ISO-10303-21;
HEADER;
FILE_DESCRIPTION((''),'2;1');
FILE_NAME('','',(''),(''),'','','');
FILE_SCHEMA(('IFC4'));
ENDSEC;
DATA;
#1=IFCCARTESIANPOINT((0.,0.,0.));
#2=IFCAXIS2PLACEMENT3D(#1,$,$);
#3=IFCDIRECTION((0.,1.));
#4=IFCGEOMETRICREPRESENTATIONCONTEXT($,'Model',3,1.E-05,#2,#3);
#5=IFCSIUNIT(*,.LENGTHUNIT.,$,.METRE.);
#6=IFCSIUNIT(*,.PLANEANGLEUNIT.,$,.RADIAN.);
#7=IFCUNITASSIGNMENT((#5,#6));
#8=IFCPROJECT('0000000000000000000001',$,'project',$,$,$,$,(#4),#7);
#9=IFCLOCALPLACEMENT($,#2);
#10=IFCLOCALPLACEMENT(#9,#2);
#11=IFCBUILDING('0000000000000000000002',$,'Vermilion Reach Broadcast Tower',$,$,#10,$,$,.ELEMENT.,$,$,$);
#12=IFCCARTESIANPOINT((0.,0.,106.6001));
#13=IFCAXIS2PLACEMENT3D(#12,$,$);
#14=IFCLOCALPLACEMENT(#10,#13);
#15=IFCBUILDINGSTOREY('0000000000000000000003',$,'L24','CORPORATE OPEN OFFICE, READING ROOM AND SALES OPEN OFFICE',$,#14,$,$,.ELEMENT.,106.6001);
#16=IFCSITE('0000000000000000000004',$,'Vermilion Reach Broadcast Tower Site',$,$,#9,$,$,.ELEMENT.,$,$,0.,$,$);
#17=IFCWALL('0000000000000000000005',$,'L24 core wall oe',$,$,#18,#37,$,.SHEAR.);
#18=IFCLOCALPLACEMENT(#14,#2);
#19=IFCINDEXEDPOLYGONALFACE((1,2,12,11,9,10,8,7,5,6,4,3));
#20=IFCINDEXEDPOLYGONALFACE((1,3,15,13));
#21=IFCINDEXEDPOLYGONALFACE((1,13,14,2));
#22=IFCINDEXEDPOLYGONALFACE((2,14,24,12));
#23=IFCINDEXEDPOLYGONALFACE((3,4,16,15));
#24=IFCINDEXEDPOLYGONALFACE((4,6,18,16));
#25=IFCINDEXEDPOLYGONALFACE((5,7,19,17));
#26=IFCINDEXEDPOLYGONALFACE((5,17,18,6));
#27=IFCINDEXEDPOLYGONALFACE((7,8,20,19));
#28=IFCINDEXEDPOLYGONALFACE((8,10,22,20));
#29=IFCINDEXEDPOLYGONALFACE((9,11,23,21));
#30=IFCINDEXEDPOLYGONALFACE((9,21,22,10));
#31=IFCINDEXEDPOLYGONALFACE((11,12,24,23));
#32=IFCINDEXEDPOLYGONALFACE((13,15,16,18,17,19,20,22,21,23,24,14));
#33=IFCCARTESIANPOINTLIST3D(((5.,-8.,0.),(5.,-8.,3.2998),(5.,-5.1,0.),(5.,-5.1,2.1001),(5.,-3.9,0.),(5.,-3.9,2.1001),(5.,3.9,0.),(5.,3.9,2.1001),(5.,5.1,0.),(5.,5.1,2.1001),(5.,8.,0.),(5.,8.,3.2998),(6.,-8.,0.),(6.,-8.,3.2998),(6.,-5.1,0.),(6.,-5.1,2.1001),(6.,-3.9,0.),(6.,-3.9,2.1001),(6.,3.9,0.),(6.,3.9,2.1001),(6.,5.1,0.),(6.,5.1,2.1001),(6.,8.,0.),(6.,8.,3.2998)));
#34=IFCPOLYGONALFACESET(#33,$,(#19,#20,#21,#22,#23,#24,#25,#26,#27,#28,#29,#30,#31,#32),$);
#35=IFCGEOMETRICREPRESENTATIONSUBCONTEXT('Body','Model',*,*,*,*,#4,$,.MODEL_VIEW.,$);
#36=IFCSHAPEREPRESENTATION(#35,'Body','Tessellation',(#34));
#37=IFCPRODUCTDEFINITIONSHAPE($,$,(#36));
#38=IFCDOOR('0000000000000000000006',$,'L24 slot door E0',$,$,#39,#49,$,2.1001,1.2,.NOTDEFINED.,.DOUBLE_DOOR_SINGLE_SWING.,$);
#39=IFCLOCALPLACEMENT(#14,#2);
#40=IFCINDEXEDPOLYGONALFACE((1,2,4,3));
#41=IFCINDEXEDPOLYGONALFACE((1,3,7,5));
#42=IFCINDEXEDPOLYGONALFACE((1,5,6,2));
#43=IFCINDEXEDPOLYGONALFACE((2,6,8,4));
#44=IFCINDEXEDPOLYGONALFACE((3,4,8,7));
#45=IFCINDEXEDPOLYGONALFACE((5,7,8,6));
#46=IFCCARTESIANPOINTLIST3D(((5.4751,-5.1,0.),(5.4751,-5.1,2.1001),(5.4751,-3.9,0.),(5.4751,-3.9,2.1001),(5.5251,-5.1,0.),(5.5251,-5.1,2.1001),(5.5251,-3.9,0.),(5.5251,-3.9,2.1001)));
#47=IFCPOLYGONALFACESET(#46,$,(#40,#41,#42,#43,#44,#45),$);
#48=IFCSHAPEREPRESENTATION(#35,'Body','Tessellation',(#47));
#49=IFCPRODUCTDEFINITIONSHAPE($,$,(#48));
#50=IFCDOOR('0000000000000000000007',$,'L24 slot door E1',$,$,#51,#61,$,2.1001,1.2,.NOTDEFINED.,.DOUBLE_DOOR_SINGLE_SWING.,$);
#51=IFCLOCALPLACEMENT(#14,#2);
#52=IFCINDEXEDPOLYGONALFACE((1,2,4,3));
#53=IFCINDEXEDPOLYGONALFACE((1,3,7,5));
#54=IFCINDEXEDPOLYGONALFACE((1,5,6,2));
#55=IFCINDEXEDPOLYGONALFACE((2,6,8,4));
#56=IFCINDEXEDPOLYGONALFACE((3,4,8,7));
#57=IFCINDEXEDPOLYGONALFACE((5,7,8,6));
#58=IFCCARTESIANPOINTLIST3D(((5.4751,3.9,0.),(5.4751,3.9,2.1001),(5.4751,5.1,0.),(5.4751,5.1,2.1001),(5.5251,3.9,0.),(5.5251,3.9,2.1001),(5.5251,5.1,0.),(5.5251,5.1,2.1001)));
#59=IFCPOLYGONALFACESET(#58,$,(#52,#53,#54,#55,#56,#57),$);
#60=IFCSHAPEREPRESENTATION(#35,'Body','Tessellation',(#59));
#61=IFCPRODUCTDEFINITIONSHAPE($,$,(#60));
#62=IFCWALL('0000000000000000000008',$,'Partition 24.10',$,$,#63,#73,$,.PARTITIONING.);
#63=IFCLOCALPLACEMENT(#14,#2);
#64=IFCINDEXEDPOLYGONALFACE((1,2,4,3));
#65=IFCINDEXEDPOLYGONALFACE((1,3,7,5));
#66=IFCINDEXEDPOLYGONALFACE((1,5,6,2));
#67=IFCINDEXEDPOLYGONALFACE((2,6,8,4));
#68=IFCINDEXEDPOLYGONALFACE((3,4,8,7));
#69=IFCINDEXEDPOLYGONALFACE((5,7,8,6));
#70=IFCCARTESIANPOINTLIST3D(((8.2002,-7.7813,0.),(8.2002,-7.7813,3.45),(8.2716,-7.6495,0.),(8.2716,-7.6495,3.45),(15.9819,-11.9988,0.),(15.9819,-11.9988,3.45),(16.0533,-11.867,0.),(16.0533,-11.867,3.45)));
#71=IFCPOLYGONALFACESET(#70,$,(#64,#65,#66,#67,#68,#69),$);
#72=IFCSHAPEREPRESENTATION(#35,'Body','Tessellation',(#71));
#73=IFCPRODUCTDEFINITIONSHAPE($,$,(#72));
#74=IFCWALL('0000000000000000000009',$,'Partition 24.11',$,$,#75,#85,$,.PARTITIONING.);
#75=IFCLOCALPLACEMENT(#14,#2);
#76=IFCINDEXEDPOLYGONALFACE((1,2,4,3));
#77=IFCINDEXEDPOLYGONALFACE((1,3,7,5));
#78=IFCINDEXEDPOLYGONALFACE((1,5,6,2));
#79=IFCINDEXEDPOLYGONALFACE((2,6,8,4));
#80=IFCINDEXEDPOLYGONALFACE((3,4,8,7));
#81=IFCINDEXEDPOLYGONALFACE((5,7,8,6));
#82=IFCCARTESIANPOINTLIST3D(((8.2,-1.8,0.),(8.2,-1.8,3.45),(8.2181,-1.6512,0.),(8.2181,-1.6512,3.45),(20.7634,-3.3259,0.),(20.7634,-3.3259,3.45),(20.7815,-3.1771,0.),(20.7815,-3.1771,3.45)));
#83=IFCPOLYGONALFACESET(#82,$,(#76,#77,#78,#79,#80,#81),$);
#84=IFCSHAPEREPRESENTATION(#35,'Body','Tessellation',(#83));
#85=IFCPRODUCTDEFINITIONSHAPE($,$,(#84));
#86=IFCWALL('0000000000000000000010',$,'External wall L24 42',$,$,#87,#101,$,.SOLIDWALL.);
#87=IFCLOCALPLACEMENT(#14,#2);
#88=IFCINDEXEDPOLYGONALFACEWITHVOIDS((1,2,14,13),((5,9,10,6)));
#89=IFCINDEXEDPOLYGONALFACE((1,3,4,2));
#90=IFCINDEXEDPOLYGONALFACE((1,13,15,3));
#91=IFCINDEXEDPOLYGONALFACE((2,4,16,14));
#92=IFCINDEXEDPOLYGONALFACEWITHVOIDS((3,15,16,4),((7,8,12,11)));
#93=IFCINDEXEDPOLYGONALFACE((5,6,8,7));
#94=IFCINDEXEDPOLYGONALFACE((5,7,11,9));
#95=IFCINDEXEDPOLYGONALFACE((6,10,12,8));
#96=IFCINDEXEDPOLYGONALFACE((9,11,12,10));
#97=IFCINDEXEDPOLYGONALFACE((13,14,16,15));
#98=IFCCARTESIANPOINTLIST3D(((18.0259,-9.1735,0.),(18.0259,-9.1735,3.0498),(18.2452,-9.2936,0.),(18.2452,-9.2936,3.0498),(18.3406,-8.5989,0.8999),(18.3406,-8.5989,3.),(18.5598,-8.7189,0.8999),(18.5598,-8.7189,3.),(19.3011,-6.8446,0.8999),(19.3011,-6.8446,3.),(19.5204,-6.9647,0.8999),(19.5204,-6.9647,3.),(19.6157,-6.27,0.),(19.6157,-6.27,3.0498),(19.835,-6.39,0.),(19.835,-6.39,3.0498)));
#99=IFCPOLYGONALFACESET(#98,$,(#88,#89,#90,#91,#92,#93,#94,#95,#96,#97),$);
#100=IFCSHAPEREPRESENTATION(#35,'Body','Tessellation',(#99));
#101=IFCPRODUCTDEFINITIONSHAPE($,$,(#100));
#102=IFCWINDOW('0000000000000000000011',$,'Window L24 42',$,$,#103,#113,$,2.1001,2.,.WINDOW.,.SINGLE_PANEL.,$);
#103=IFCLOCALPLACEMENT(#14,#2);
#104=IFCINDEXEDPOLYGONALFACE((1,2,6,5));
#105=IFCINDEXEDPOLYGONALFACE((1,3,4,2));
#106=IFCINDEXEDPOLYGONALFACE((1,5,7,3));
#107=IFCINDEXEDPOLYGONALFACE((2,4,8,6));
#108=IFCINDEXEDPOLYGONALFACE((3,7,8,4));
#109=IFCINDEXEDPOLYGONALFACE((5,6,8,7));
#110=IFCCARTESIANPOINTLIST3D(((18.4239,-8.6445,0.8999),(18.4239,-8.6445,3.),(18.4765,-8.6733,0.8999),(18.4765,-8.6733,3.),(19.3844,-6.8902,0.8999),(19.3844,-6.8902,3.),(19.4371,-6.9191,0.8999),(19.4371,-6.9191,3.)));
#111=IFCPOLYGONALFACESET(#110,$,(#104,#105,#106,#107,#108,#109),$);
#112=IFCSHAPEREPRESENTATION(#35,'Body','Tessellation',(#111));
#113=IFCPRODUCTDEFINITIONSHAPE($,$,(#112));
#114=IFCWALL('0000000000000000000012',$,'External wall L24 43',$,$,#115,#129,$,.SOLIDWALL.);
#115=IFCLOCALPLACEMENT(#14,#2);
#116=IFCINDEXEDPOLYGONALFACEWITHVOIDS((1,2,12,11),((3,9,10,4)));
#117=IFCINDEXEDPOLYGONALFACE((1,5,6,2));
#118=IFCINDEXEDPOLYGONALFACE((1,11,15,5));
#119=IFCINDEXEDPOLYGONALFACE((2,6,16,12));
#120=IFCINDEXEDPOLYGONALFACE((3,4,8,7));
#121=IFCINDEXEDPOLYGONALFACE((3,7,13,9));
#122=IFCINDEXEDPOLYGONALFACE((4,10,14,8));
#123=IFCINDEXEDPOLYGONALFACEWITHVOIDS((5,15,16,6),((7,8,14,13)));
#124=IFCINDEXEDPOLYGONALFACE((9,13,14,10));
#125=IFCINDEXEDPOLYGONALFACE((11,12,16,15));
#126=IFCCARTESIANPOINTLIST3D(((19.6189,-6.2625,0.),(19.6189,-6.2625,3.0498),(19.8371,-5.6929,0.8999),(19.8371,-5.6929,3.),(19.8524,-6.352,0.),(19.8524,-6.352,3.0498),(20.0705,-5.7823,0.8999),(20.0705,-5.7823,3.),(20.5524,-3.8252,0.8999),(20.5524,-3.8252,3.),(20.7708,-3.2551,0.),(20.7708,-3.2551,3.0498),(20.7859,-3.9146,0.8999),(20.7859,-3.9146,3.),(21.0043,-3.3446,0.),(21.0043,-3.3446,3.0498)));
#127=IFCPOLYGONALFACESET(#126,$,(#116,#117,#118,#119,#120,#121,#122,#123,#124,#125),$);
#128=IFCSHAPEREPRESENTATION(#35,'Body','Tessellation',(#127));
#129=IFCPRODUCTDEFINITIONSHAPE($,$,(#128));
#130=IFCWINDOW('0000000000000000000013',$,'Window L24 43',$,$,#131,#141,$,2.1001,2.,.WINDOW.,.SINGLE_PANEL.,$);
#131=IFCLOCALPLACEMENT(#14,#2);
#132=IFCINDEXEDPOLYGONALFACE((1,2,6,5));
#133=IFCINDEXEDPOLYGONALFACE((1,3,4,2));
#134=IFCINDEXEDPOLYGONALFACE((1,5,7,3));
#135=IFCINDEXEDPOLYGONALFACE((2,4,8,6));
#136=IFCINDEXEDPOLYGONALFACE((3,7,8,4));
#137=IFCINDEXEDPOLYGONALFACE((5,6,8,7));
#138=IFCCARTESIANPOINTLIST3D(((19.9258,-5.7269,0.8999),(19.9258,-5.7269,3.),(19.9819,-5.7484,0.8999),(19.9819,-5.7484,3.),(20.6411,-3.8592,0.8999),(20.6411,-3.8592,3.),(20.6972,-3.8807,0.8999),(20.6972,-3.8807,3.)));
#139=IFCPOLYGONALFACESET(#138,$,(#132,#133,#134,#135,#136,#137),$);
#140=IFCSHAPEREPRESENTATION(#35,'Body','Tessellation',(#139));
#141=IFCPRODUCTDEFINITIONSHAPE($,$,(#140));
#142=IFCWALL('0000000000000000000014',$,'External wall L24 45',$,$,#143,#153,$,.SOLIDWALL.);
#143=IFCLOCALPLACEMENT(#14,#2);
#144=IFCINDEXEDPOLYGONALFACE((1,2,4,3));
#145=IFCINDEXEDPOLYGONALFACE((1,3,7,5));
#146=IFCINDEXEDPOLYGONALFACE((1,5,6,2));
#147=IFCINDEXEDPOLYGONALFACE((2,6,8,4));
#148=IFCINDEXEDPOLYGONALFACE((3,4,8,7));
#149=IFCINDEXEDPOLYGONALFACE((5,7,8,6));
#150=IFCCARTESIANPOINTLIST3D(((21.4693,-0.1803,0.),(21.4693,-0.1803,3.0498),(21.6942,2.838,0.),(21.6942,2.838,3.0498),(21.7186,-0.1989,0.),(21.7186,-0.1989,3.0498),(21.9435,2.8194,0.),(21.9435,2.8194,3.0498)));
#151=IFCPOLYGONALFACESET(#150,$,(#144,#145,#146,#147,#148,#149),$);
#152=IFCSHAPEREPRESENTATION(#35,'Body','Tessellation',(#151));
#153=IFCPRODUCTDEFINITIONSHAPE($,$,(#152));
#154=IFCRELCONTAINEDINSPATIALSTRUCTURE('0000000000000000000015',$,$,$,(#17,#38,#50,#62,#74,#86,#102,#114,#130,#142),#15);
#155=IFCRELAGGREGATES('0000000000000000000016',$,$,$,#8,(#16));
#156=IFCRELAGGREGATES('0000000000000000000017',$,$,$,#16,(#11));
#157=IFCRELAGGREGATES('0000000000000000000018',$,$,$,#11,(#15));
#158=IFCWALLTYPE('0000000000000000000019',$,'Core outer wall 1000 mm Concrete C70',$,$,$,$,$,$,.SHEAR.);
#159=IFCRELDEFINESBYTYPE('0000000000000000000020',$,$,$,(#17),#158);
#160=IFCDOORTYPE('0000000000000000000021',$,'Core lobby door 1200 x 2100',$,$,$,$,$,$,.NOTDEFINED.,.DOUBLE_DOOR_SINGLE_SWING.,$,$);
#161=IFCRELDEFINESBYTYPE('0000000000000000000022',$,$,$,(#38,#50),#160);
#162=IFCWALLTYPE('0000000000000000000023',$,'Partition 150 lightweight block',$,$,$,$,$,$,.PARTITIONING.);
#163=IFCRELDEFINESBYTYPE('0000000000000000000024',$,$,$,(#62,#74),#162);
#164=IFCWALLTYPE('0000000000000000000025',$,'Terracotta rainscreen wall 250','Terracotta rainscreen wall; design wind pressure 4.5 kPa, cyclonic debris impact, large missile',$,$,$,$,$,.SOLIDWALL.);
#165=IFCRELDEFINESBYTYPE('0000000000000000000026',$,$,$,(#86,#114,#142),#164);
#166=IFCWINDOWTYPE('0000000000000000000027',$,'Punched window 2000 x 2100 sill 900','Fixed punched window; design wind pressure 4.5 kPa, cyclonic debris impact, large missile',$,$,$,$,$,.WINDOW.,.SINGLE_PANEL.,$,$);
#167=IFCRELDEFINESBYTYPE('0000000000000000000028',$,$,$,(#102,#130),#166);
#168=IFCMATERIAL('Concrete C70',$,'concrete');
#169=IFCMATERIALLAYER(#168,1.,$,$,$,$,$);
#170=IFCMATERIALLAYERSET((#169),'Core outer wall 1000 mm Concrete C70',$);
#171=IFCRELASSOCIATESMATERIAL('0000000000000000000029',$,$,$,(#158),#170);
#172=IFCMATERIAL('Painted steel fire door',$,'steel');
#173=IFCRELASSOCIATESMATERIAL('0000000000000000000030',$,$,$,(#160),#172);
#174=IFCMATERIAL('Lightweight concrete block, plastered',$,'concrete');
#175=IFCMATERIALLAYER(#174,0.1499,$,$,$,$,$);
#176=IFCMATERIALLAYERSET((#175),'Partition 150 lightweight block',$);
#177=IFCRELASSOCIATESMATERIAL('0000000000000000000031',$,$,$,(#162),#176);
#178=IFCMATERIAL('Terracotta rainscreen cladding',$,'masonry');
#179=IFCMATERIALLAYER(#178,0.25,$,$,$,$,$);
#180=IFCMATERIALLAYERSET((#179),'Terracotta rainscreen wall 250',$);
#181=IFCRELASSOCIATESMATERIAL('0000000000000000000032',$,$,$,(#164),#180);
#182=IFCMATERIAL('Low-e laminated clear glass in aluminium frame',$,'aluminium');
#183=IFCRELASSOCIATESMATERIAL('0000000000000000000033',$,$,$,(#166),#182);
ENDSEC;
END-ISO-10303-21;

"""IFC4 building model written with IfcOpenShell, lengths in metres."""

from ifc_helpers import new_model, si_unit, direction, frame, frame_2d, origin, place, context, subcontext, project, spatial, rectangle, extrude, material, layer, layer_set, type_object, element, fill, save


model = new_model("IFC4")

# Units and contexts
model_context = context("Model", 3, precision=1e-05, world=origin(), true_north=direction((0.0, 1.0)))
body_context = subcontext(model_context, "Body", "Model", "MODEL_VIEW")
ifc_project = project(units=[si_unit("LENGTHUNIT", "METRE"), si_unit("PLANEANGLEUNIT", "RADIAN")], contexts=[model_context])

# Site, building, storey
site_placement = place(None, origin())
site = spatial("IfcSite", under=ifc_project, at=site_placement, Name="Vermilion Reach Broadcast Tower Site", CompositionType="ELEMENT", RefElevation=0.0)
building_placement = place(site_placement, origin())
building = spatial("IfcBuilding", under=site, at=building_placement, Name="Vermilion Reach Broadcast Tower", CompositionType="ELEMENT")
storey_placement = place(building_placement, frame((0.0, 0.0, 106.6001)))
storey = spatial("IfcBuildingStorey", under=building, at=storey_placement, Name="L24", Description="CORPORATE OPEN OFFICE, READING ROOM AND SALES OPEN OFFICE", CompositionType="ELEMENT", Elevation=106.6001)

# Wall, openings, doors
ifc_material_1 = material(Name="Concrete C70", Category="concrete")
ifc_layer_1 = layer(ifc_material_1, 1.0)
ifc_layer_set_1 = layer_set([ifc_layer_1], Name="Core outer wall 1000 mm Concrete C70")
wall_type_1 = type_object("IfcWallType", Name="Core outer wall 1000 mm Concrete C70", PredefinedType="SHEAR", material=ifc_layer_set_1)
wall_1_placement = place(storey_placement, frame((5.5, -8.0, 0.0), z_axis=(0.0, 0.0, 1.0), x_axis=(0.0, 1.0, 0.0)))
wall_1 = element("IfcWall", 1, at=wall_1_placement, inside=storey, type_object=wall_type_1, Name="L24 core wall oe", PredefinedType="SHEAR", context=body_context, shape_type="SweptSolid", body=[
    extrude(rectangle(XDim=16.0, YDim=1.0, at=frame_2d((8.0, 0.0))), origin(), (0.0, 0.0, 1.0), 3.2998),
])
opening_1_placement = place(wall_1_placement, frame((2.8999, 0.0, 0.0)))
opening_1 = element("IfcOpeningElement", 2, at=opening_1_placement, cuts=wall_1, PredefinedType="OPENING", context=body_context, shape_type="SweptSolid", body=[
    extrude(rectangle(XDim=1.2, YDim=2.1001, at=frame_2d((0.6001, 1.05))), frame((0.0, 0.51, 0.0), z_axis=(0.0, -1.0, 0.0), x_axis=(1.0, 0.0, 0.0)), (0.0, 0.0, 1.0), 1.02),
])
opening_2_placement = place(wall_1_placement, frame((11.8999, 0.0, 0.0)))
opening_2 = element("IfcOpeningElement", 3, at=opening_2_placement, cuts=wall_1, PredefinedType="OPENING", context=body_context, shape_type="SweptSolid", body=[
    extrude(rectangle(XDim=1.2, YDim=2.1001, at=frame_2d((0.6001, 1.05))), frame((0.0, 0.51, 0.0), z_axis=(0.0, -1.0, 0.0), x_axis=(1.0, 0.0, 0.0)), (0.0, 0.0, 1.0), 1.02),
])
ifc_material_2 = material(Name="Painted steel fire door", Category="steel")
door_type_1 = type_object("IfcDoorType", Name="Core lobby door 1200 x 2100", OperationType="DOUBLE_DOOR_SINGLE_SWING", PredefinedType="NOTDEFINED", material=ifc_material_2)
door_1_placement = place(opening_1_placement, origin())
door_1 = element("IfcDoor", 4, at=door_1_placement, inside=storey, type_object=door_type_1, Name="L24 slot door E0", OperationType="DOUBLE_DOOR_SINGLE_SWING", OverallHeight=2.1001, OverallWidth=1.2, PredefinedType="NOTDEFINED", context=body_context, shape_type="SweptSolid", body=[
    extrude(rectangle(XDim=1.2, YDim=2.1001, at=frame_2d((0.6001, 1.05))), frame((0.0, 0.0249, 0.0), z_axis=(0.0, -1.0, 0.0), x_axis=(1.0, 0.0, 0.0)), (0.0, 0.0, 1.0), 0.05),
])
fill(opening_1, door_1)
door_2_placement = place(opening_2_placement, origin())
door_2 = element("IfcDoor", 5, at=door_2_placement, inside=storey, type_object=door_type_1, Name="L24 slot door E1", OperationType="DOUBLE_DOOR_SINGLE_SWING", OverallHeight=2.1001, OverallWidth=1.2, PredefinedType="NOTDEFINED", context=body_context, shape_type="SweptSolid", body=[
    extrude(rectangle(XDim=1.2, YDim=2.1001, at=frame_2d((0.6001, 1.05))), frame((0.0, 0.0249, 0.0), z_axis=(0.0, -1.0, 0.0), x_axis=(1.0, 0.0, 0.0)), (0.0, 0.0, 1.0), 0.05),
])
fill(opening_2, door_2)

# Walls
ifc_material_3 = material(Name="Lightweight concrete block, plastered", Category="concrete")
ifc_layer_2 = layer(ifc_material_3, 0.1499)
ifc_layer_set_2 = layer_set([ifc_layer_2], Name="Partition 150 lightweight block")
wall_type_2 = type_object("IfcWallType", Name="Partition 150 lightweight block", PredefinedType="PARTITIONING", material=ifc_layer_set_2)
wall_2_placement = place(storey_placement, frame((16.0176, -11.9329, 0.0), z_axis=(0.0, 0.0, 1.0), x_axis=(-0.879177, 0.476495, 0.0)))
element("IfcWall", 6, at=wall_2_placement, inside=storey, type_object=wall_type_2, Name="Partition 24.10", PredefinedType="PARTITIONING", context=body_context, shape_type="SweptSolid", body=[
    extrude(rectangle(XDim=8.8511, YDim=0.1499, at=frame_2d((4.4255, 0.0))), origin(), (0.0, 0.0, 1.0), 3.45),
])
wall_3_placement = place(storey_placement, frame((20.7725, -3.2515, 0.0), z_axis=(0.0, 0.0, 1.0), x_axis=(-0.992705, 0.120568, 0.0)))
element("IfcWall", 7, at=wall_3_placement, inside=storey, type_object=wall_type_2, Name="Partition 24.11", PredefinedType="PARTITIONING", context=body_context, shape_type="SweptSolid", body=[
    extrude(rectangle(XDim=12.6558, YDim=0.1499, at=frame_2d((6.3279, 0.0))), origin(), (0.0, 0.0, 1.0), 3.45),
])

# Walls, openings, windows
ifc_material_4 = material(Name="Terracotta rainscreen cladding", Category="masonry")
ifc_layer_3 = layer(ifc_material_4, 0.25)
ifc_layer_set_3 = layer_set([ifc_layer_3], Name="Terracotta rainscreen wall 250")
wall_type_3 = type_object("IfcWallType", Name="Terracotta rainscreen wall 250", Description="Terracotta rainscreen wall; design wind pressure 4.5 kPa, cyclonic debris impact, large missile", PredefinedType="SOLIDWALL", material=ifc_layer_set_3)
wall_4_placement = place(storey_placement, frame((18.1355, -9.2336, 0.0), z_axis=(0.0, 0.0, 1.0), x_axis=(0.480267, 0.877122, 0.0)))
wall_4 = element("IfcWall", 8, at=wall_4_placement, inside=storey, type_object=wall_type_3, Name="External wall L24 42", PredefinedType="SOLIDWALL", context=body_context, shape_type="SweptSolid", body=[
    extrude(rectangle(XDim=3.3103, YDim=0.25, at=frame_2d((1.6553, 0.0))), origin(), (0.0, 0.0, 1.0), 3.0498),
])
opening_3_placement = place(wall_4_placement, frame((0.6553, 0.0, 0.8999)))
opening_3 = element("IfcOpeningElement", 9, at=opening_3_placement, cuts=wall_4, PredefinedType="OPENING", context=body_context, shape_type="SweptSolid", body=[
    extrude(rectangle(XDim=2.0, YDim=2.1001, at=frame_2d((1.0, 1.05))), frame((0.0, 0.135, 0.0), z_axis=(0.0, -1.0, 0.0), x_axis=(1.0, 0.0, 0.0)), (0.0, 0.0, 1.0), 0.27),
])
ifc_material_5 = material(Name="Low-e laminated clear glass in aluminium frame", Category="aluminium")
window_type = type_object("IfcWindowType", Name="Punched window 2000 x 2100 sill 900", Description="Fixed punched window; design wind pressure 4.5 kPa, cyclonic debris impact, large missile", PartitioningType="SINGLE_PANEL", PredefinedType="WINDOW", material=ifc_material_5)
window_1_placement = place(opening_3_placement, origin())
window_1 = element("IfcWindow", 10, at=window_1_placement, inside=storey, type_object=window_type, Name="Window L24 42", OverallHeight=2.1001, OverallWidth=2.0, PartitioningType="SINGLE_PANEL", PredefinedType="WINDOW", context=body_context, shape_type="SweptSolid", body=[
    extrude(rectangle(XDim=2.0, YDim=2.1001, at=frame_2d((1.0, 1.05))), frame((0.0, 0.03, 0.0), z_axis=(0.0, -1.0, 0.0), x_axis=(1.0, 0.0, 0.0)), (0.0, 0.0, 1.0), 0.0601),
])
fill(opening_3, window_1)
wall_5_placement = place(storey_placement, frame((19.7356, -6.3074, 0.0), z_axis=(0.0, 0.0, 1.0), x_axis=(0.357678, 0.933845, 0.0)))
wall_5 = element("IfcWall", 11, at=wall_5_placement, inside=storey, type_object=wall_type_3, Name="External wall L24 43", PredefinedType="SOLIDWALL", context=body_context, shape_type="SweptSolid", body=[
    extrude(rectangle(XDim=3.2205, YDim=0.25, at=frame_2d((1.6104, 0.0))), origin(), (0.0, 0.0, 1.0), 3.0498),
])
opening_4_placement = place(wall_5_placement, frame((0.6101, 0.0, 0.8999)))
opening_4 = element("IfcOpeningElement", 12, at=opening_4_placement, cuts=wall_5, PredefinedType="OPENING", context=body_context, shape_type="SweptSolid", body=[
    extrude(rectangle(XDim=2.0, YDim=2.1001, at=frame_2d((1.0, 1.05))), frame((0.0, 0.135, 0.0), z_axis=(0.0, -1.0, 0.0), x_axis=(1.0, 0.0, 0.0)), (0.0, 0.0, 1.0), 0.27),
])
window_2_placement = place(opening_4_placement, origin())
window_2 = element("IfcWindow", 13, at=window_2_placement, inside=storey, type_object=window_type, Name="Window L24 43", OverallHeight=2.1001, OverallWidth=2.0, PartitioningType="SINGLE_PANEL", PredefinedType="WINDOW", context=body_context, shape_type="SweptSolid", body=[
    extrude(rectangle(XDim=2.0, YDim=2.1001, at=frame_2d((1.0, 1.05))), frame((0.0, 0.03, 0.0), z_axis=(0.0, -1.0, 0.0), x_axis=(1.0, 0.0, 0.0)), (0.0, 0.0, 1.0), 0.0601),
])
fill(opening_4, window_2)

# Wall
wall_6_placement = place(storey_placement, frame((21.594, -0.1895, 0.0), z_axis=(0.0, 0.0, 1.0), x_axis=(0.074291, 0.997237, 0.0)))
element("IfcWall", 14, at=wall_6_placement, inside=storey, type_object=wall_type_3, Name="External wall L24 45", PredefinedType="SOLIDWALL", context=body_context, shape_type="SweptSolid", body=[
    extrude(rectangle(XDim=3.0266, YDim=0.25, at=frame_2d((1.5132, 0.0))), origin(), (0.0, 0.0, 1.0), 3.0498),
])

save(model, "model.ifc")
